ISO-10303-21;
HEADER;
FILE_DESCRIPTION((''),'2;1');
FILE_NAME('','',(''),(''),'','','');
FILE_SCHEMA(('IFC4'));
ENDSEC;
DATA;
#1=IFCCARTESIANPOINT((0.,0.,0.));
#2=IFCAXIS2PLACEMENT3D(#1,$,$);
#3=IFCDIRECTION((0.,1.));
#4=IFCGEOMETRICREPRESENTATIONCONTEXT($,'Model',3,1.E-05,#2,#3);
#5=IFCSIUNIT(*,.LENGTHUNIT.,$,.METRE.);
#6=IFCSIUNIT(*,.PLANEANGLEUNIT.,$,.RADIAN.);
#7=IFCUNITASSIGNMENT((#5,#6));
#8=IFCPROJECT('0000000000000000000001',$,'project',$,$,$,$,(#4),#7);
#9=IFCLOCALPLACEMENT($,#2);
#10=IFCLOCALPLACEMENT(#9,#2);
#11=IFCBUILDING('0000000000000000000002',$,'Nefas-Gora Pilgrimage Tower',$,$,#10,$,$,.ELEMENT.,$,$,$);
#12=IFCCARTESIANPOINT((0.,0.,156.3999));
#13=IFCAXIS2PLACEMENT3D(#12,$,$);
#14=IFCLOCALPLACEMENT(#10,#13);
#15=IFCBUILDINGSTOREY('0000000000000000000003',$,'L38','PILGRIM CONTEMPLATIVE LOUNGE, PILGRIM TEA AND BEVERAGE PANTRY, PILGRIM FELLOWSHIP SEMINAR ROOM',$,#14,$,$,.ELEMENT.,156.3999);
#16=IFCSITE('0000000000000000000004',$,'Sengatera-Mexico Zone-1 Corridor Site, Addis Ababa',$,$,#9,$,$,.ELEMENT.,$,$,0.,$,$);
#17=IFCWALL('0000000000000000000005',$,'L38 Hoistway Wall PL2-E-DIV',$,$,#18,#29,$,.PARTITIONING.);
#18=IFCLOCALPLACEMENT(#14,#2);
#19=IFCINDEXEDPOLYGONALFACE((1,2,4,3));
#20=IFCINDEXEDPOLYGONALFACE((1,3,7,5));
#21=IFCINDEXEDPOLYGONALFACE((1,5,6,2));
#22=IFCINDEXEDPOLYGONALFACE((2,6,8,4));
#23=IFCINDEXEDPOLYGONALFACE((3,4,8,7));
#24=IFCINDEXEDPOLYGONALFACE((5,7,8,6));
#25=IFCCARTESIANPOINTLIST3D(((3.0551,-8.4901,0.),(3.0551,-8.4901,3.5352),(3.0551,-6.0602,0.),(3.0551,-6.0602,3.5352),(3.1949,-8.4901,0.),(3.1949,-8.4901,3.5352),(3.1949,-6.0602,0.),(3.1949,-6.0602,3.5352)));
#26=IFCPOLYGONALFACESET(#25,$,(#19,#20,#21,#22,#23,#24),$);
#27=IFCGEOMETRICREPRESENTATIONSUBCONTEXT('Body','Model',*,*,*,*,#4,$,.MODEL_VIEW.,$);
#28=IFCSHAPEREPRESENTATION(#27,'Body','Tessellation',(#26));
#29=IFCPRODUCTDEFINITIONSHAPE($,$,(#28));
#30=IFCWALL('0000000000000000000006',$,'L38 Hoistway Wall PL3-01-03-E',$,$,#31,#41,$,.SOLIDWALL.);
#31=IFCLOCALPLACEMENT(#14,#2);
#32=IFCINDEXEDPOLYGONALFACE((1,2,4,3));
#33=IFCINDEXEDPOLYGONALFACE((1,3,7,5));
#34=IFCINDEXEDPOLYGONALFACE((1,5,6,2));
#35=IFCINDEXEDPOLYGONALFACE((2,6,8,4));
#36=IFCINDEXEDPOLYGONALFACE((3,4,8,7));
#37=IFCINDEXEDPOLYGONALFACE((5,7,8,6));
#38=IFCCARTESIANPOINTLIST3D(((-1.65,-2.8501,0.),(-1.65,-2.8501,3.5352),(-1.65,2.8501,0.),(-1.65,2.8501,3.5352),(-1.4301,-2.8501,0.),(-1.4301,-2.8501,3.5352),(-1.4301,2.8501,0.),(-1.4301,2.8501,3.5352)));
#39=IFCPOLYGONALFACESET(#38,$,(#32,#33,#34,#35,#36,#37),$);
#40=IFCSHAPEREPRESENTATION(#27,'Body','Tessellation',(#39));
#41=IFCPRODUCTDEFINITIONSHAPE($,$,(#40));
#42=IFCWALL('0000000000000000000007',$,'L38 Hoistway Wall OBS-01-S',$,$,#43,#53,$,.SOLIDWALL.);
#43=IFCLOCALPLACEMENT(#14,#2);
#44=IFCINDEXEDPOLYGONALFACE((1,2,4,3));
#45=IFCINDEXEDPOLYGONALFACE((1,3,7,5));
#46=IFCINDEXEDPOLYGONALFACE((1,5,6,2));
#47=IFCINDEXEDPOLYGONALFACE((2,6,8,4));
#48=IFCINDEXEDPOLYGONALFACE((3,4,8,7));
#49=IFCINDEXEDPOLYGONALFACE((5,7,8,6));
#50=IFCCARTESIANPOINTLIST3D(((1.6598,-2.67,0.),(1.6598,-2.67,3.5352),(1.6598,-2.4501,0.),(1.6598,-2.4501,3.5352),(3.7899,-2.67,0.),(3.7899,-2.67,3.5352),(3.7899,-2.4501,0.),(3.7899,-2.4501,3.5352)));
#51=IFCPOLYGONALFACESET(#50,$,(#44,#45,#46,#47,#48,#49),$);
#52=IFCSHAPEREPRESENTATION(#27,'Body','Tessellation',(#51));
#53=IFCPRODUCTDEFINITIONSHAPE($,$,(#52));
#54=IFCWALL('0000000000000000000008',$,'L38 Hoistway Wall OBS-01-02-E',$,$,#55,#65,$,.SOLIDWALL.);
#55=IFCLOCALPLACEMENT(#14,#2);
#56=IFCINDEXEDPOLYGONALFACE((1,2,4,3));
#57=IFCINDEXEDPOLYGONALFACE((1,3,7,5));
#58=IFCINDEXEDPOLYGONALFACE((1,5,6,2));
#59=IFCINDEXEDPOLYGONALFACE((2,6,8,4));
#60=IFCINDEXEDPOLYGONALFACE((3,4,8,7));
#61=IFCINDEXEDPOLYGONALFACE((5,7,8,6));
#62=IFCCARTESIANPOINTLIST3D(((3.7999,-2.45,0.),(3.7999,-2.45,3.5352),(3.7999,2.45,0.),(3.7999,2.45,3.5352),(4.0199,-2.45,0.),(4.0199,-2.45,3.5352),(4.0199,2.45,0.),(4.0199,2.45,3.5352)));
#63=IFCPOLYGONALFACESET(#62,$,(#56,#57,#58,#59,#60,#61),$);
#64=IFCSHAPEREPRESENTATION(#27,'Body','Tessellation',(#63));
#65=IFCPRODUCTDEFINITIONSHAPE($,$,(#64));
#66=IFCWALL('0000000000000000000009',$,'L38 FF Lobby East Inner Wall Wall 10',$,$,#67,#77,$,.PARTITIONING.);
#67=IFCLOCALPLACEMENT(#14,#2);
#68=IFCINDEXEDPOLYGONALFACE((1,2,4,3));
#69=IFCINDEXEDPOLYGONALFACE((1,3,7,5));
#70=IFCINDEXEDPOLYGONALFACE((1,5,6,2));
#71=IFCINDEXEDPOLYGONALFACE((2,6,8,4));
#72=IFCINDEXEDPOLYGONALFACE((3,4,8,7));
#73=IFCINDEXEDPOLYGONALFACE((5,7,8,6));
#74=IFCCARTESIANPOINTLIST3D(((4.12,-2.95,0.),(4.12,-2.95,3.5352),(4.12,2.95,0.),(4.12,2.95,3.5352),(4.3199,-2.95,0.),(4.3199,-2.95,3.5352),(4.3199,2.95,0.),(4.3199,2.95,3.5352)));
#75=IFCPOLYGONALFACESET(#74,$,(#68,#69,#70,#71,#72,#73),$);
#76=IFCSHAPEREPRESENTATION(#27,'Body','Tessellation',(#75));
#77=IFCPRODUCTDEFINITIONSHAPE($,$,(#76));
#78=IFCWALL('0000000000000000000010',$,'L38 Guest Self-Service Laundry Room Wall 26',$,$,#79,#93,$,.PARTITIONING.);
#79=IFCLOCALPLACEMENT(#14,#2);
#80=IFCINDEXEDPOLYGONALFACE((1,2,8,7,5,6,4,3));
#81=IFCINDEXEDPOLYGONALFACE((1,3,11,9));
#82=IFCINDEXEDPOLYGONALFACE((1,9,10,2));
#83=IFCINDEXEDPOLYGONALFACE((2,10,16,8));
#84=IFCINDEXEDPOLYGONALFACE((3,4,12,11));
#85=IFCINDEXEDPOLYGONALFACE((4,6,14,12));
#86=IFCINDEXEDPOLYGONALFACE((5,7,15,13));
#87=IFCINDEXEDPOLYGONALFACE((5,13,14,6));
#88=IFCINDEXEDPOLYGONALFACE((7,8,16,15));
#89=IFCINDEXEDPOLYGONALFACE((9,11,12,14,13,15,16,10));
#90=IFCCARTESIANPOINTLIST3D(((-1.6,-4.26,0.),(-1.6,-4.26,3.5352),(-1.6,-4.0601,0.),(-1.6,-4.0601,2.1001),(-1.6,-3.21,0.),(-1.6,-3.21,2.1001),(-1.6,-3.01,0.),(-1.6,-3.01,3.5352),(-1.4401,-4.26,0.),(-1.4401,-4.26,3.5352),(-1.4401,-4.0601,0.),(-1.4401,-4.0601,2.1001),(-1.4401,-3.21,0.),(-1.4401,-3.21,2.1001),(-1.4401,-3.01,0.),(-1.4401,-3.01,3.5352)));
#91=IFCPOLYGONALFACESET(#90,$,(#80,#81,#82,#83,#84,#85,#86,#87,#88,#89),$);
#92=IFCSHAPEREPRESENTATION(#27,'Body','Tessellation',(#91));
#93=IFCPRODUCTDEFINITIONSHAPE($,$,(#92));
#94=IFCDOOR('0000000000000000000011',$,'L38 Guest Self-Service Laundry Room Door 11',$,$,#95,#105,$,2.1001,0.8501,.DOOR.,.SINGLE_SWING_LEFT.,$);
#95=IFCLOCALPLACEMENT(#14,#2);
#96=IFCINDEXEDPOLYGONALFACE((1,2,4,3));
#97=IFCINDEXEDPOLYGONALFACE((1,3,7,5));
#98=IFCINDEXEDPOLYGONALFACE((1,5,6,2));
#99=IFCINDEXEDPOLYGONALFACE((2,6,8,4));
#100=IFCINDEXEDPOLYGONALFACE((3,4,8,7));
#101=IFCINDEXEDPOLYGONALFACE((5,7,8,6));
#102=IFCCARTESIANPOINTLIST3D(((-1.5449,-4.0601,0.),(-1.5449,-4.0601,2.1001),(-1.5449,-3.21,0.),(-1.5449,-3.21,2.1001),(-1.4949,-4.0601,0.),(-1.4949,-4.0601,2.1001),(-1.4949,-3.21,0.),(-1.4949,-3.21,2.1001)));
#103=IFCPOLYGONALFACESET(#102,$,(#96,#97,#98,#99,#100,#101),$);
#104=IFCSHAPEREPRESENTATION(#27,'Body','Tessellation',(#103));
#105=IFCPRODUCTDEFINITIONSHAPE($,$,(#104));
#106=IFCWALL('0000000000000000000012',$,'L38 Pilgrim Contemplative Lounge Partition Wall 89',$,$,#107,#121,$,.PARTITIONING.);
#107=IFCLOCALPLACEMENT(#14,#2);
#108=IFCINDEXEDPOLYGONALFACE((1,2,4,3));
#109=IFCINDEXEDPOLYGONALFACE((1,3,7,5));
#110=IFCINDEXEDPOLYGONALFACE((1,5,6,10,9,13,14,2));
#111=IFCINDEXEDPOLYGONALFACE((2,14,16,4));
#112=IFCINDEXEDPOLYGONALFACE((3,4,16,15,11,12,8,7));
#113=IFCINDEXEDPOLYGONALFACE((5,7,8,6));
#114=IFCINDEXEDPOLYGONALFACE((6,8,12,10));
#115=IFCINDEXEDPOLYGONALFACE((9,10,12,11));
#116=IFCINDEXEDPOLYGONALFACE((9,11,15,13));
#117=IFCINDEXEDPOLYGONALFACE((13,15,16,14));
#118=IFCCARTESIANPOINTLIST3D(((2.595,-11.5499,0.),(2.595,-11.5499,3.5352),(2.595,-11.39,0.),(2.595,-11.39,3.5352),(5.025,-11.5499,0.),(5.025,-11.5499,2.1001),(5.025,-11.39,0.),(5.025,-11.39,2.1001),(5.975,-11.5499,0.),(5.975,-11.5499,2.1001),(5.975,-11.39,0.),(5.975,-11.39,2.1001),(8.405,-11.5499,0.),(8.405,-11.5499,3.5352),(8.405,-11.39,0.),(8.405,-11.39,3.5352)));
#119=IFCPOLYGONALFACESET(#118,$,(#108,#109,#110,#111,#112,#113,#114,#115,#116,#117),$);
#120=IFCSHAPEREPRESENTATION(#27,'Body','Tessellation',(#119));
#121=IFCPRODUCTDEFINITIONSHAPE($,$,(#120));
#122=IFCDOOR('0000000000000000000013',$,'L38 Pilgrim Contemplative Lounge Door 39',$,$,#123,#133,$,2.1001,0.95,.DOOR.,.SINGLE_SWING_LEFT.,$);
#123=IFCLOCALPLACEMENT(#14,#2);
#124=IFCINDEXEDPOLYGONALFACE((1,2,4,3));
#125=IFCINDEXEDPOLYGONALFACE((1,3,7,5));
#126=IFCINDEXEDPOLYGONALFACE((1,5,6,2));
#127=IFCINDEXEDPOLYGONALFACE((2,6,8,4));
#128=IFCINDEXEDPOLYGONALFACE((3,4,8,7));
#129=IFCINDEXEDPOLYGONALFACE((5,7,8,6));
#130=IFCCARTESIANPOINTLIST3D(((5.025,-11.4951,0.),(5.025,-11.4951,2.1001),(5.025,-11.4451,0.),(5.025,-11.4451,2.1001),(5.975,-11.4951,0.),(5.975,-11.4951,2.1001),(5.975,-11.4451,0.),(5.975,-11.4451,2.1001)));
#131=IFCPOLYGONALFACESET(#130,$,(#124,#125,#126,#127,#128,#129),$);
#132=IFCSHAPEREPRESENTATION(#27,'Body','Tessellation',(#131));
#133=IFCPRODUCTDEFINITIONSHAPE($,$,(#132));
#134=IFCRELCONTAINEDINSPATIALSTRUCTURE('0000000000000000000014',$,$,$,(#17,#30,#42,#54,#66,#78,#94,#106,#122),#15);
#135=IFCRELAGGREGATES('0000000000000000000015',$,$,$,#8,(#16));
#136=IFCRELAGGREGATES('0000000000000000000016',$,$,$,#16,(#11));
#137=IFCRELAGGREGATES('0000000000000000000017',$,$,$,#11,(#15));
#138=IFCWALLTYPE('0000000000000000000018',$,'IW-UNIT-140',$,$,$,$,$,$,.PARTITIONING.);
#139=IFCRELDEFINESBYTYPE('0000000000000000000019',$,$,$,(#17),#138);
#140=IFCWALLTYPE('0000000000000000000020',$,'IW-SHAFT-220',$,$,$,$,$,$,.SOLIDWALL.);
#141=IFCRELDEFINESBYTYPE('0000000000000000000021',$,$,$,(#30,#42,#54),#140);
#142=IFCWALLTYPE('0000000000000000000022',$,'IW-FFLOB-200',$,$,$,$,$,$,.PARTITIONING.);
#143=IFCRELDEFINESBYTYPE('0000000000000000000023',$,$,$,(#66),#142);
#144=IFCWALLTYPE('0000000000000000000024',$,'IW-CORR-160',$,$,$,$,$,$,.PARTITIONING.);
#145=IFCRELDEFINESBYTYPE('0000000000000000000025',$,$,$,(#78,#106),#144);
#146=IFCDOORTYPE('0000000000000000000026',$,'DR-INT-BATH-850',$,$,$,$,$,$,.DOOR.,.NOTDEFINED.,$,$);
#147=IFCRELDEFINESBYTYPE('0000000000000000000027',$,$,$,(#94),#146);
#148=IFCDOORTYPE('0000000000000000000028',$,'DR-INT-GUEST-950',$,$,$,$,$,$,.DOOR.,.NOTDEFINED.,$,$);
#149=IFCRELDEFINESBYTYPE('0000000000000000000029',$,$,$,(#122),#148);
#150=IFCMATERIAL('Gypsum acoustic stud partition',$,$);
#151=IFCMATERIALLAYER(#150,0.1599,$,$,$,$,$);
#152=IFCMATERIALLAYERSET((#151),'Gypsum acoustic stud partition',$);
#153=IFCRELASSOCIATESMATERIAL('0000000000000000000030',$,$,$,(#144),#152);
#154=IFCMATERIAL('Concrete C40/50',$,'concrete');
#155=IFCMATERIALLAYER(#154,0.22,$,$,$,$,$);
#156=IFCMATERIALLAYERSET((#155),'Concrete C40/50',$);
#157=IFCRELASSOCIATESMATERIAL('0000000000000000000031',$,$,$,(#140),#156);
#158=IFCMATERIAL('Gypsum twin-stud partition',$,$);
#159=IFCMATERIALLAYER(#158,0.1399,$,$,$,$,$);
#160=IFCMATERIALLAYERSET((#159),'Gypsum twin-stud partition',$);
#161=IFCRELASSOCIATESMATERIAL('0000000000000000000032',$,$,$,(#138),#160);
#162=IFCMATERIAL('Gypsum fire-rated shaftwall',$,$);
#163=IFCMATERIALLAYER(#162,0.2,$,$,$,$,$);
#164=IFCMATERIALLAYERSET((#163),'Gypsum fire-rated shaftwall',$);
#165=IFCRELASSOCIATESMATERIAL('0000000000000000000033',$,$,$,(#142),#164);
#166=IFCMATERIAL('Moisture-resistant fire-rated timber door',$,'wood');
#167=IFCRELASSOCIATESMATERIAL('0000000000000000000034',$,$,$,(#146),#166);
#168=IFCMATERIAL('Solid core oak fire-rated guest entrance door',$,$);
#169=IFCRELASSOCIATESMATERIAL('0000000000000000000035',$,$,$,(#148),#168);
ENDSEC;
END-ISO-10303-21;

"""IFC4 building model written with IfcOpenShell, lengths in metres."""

from ifc_helpers import new_model, si_unit, direction, frame, frame_2d, origin, place, context, subcontext, project, spatial, rectangle, extrude, source, transform, mapped, material, layer, layer_set, type_object, element, fill, save


model = new_model("IFC4")

# Units and contexts
model_context = context("Model", 3, precision=1e-05, world=origin(), true_north=direction((0.0, 1.0)))
body_context = subcontext(model_context, "Body", "Model", "MODEL_VIEW")
ifc_project = project(units=[si_unit("LENGTHUNIT", "METRE"), si_unit("PLANEANGLEUNIT", "RADIAN")], contexts=[model_context])

# Site, building, storey
site_placement = place(None, origin())
site = spatial("IfcSite", under=ifc_project, at=site_placement, Name="Sengatera-Mexico Zone-1 Corridor Site, Addis Ababa", CompositionType="ELEMENT", RefElevation=0.0)
building_placement = place(site_placement, origin())
building = spatial("IfcBuilding", under=site, at=building_placement, Name="Nefas-Gora Pilgrimage Tower", CompositionType="ELEMENT")
storey_placement = place(building_placement, frame((0.0, 0.0, 156.3999)))
storey = spatial("IfcBuildingStorey", under=building, at=storey_placement, Name="L38", Description="PILGRIM CONTEMPLATIVE LOUNGE, PILGRIM TEA AND BEVERAGE PANTRY, PILGRIM FELLOWSHIP SEMINAR ROOM", CompositionType="ELEMENT", Elevation=156.3999)

# Shared definitions
ifc_material_1 = material(Name="Gypsum acoustic stud partition")
ifc_layer_1 = layer(ifc_material_1, 0.1599)
ifc_layer_set_1 = layer_set([ifc_layer_1], Name="Gypsum acoustic stud partition")
wall_type_1 = type_object("IfcWallType", Name="IW-CORR-160", PredefinedType="PARTITIONING", material=ifc_layer_set_1)
ifc_material_2 = material(Name="Concrete C40/50", Category="concrete")
ifc_layer_2 = layer(ifc_material_2, 0.22)
ifc_layer_set_2 = layer_set([ifc_layer_2], Name="Concrete C40/50")
wall_type_2 = type_object("IfcWallType", Name="IW-SHAFT-220", PredefinedType="SOLIDWALL", material=ifc_layer_set_2)

# Walls
ifc_material_3 = material(Name="Gypsum twin-stud partition")
ifc_layer_3 = layer(ifc_material_3, 0.1399)
ifc_layer_set_3 = layer_set([ifc_layer_3], Name="Gypsum twin-stud partition")
wall_type_3 = type_object("IfcWallType", Name="IW-UNIT-140", PredefinedType="PARTITIONING", material=ifc_layer_set_3)
shared_shape_1 = source(origin(), body_context, "Body", "SweptSolid", [
    extrude(rectangle(XDim=2.4299, YDim=0.1399, at=frame_2d((1.2148, 0.0))), origin(), (0.0, 0.0, 1.0), 3.5352),
])
wall_1_placement = place(storey_placement, frame((3.125, -8.49, 0.0), z_axis=(0.0, 0.0, 1.0), x_axis=(0.0, 1.0, 0.0)))
element("IfcWall", 1, at=wall_1_placement, inside=storey, type_object=wall_type_3, Name="L38 Hoistway Wall PL2-E-DIV", PredefinedType="PARTITIONING", context=body_context, shape_type="MappedRepresentation", body=[
    mapped(shared_shape_1, transform((0.0, 0.0, 0.0), x_axis=(1.0, 0.0, 0.0), y_axis=(0.0, 1.0, 0.0), z_axis=(0.0, 0.0, 1.0), scale=1.0)),
])
shared_shape_2 = source(origin(), body_context, "Body", "SweptSolid", [
    extrude(rectangle(XDim=5.7002, YDim=0.22, at=frame_2d((2.8501, 0.0))), origin(), (0.0, 0.0, 1.0), 3.5352),
])
wall_2_placement = place(storey_placement, frame((-1.54, -2.8501, 0.0), z_axis=(0.0, 0.0, 1.0), x_axis=(0.0, 1.0, 0.0)))
element("IfcWall", 2, at=wall_2_placement, inside=storey, type_object=wall_type_2, Name="L38 Hoistway Wall PL3-01-03-E", PredefinedType="SOLIDWALL", context=body_context, shape_type="MappedRepresentation", body=[
    mapped(shared_shape_2, transform((0.0, 0.0, 0.0), x_axis=(1.0, 0.0, 0.0), y_axis=(0.0, 1.0, 0.0), z_axis=(0.0, 0.0, 1.0), scale=1.0)),
])
shared_shape_3 = source(origin(), body_context, "Body", "SweptSolid", [
    extrude(rectangle(XDim=2.1301, YDim=0.22, at=frame_2d((1.0649, 0.0))), origin(), (0.0, 0.0, 1.0), 3.5352),
])
wall_3_placement = place(storey_placement, frame((1.6599, -2.5601, 0.0), z_axis=(0.0, 0.0, 1.0), x_axis=(1.0, 0.0, 0.0)))
element("IfcWall", 3, at=wall_3_placement, inside=storey, type_object=wall_type_2, Name="L38 Hoistway Wall OBS-01-S", PredefinedType="SOLIDWALL", context=body_context, shape_type="MappedRepresentation", body=[
    mapped(shared_shape_3, transform((0.0, 0.0, 0.0), x_axis=(1.0, 0.0, 0.0), y_axis=(0.0, 1.0, 0.0), z_axis=(0.0, 0.0, 1.0), scale=1.0)),
])
shared_shape_4 = source(origin(), body_context, "Body", "SweptSolid", [
    extrude(rectangle(XDim=4.8999, YDim=0.22, at=frame_2d((2.45, 0.0))), origin(), (0.0, 0.0, 1.0), 3.5352),
])
wall_4_placement = place(storey_placement, frame((3.9099, -2.45, 0.0), z_axis=(0.0, 0.0, 1.0), x_axis=(0.0, 1.0, 0.0)))
element("IfcWall", 4, at=wall_4_placement, inside=storey, type_object=wall_type_2, Name="L38 Hoistway Wall OBS-01-02-E", PredefinedType="SOLIDWALL", context=body_context, shape_type="MappedRepresentation", body=[
    mapped(shared_shape_4, transform((0.0, 0.0, 0.0), x_axis=(1.0, 0.0, 0.0), y_axis=(0.0, 1.0, 0.0), z_axis=(0.0, 0.0, 1.0), scale=1.0)),
])
ifc_material_4 = material(Name="Gypsum fire-rated shaftwall")
ifc_layer_4 = layer(ifc_material_4, 0.2)
ifc_layer_set_4 = layer_set([ifc_layer_4], Name="Gypsum fire-rated shaftwall")
wall_type_4 = type_object("IfcWallType", Name="IW-FFLOB-200", PredefinedType="PARTITIONING", material=ifc_layer_set_4)
shared_shape_5 = source(origin(), body_context, "Body", "SweptSolid", [
    extrude(rectangle(XDim=5.8999, YDim=0.2, at=frame_2d((2.95, 0.0))), origin(), (0.0, 0.0, 1.0), 3.5352),
])
wall_5_placement = place(storey_placement, frame((4.22, -2.95, 0.0), z_axis=(0.0, 0.0, 1.0), x_axis=(0.0, 1.0, 0.0)))
element("IfcWall", 5, at=wall_5_placement, inside=storey, type_object=wall_type_4, Name="L38 FF Lobby East Inner Wall Wall 10", PredefinedType="PARTITIONING", context=body_context, shape_type="MappedRepresentation", body=[
    mapped(shared_shape_5, transform((0.0, 0.0, 0.0), x_axis=(1.0, 0.0, 0.0), y_axis=(0.0, 1.0, 0.0), z_axis=(0.0, 0.0, 1.0), scale=1.0)),
])

# Walls, openings, doors
shared_shape_6 = source(origin(), body_context, "Body", "SweptSolid", [
    extrude(rectangle(XDim=1.25, YDim=0.1599, at=frame_2d((0.625, 0.0))), origin(), (0.0, 0.0, 1.0), 3.5352),
])
wall_6_placement = place(storey_placement, frame((-1.52, -4.26, 0.0), z_axis=(0.0, 0.0, 1.0), x_axis=(0.0, 1.0, 0.0)))
wall_6 = element("IfcWall", 6, at=wall_6_placement, inside=storey, type_object=wall_type_1, Name="L38 Guest Self-Service Laundry Room Wall 26", PredefinedType="PARTITIONING", context=body_context, shape_type="MappedRepresentation", body=[
    mapped(shared_shape_6, transform((0.0, 0.0, 0.0), x_axis=(1.0, 0.0, 0.0), y_axis=(0.0, 1.0, 0.0), z_axis=(0.0, 0.0, 1.0), scale=1.0)),
])
opening_1_placement = place(wall_6_placement, frame((0.2, 0.0, 0.0)))
opening_1 = element("IfcOpeningElement", 7, at=opening_1_placement, cuts=wall_6, PredefinedType="OPENING", context=body_context, shape_type="SweptSolid", body=[
    extrude(rectangle(XDim=0.8501, YDim=2.1001, at=frame_2d((0.425, 1.05))), frame((0.0, 0.0898, 0.0), z_axis=(0.0, -1.0, 0.0), x_axis=(1.0, 0.0, 0.0)), (0.0, 0.0, 1.0), 0.1799),
])
ifc_material_5 = material(Name="Moisture-resistant fire-rated timber door", Category="wood")
door_type_1 = type_object("IfcDoorType", Name="DR-INT-BATH-850", OperationType="NOTDEFINED", PredefinedType="DOOR", material=ifc_material_5)
shared_shape_7 = source(origin(), body_context, "Body", "SweptSolid", [
    extrude(rectangle(XDim=0.8501, YDim=2.1001, at=frame_2d((0.425, 1.05))), frame((0.0, 0.0249, 0.0), z_axis=(0.0, -1.0, 0.0), x_axis=(1.0, 0.0, 0.0)), (0.0, 0.0, 1.0), 0.05),
])
door_1_placement = place(opening_1_placement, origin())
door_1 = element("IfcDoor", 8, at=door_1_placement, inside=storey, type_object=door_type_1, Name="L38 Guest Self-Service Laundry Room Door 11", OperationType="SINGLE_SWING_LEFT", OverallHeight=2.1001, OverallWidth=0.8501, PredefinedType="DOOR", context=body_context, shape_type="MappedRepresentation", body=[
    mapped(shared_shape_7, transform((0.0, 0.0, 0.0), x_axis=(1.0, 0.0, 0.0), y_axis=(0.0, 1.0, 0.0), z_axis=(0.0, 0.0, 1.0), scale=1.0)),
])
fill(opening_1, door_1)
shared_shape_8 = source(origin(), body_context, "Body", "SweptSolid", [
    extrude(rectangle(XDim=5.8101, YDim=0.1599, at=frame_2d((2.905, 0.0))), origin(), (0.0, 0.0, 1.0), 3.5352),
])
wall_7_placement = place(storey_placement, frame((2.595, -11.47, 0.0), z_axis=(0.0, 0.0, 1.0), x_axis=(1.0, 0.0, 0.0)))
wall_7 = element("IfcWall", 9, at=wall_7_placement, inside=storey, type_object=wall_type_1, Name="L38 Pilgrim Contemplative Lounge Partition Wall 89", PredefinedType="PARTITIONING", context=body_context, shape_type="MappedRepresentation", body=[
    mapped(shared_shape_8, transform((0.0, 0.0, 0.0), x_axis=(1.0, 0.0, 0.0), y_axis=(0.0, 1.0, 0.0), z_axis=(0.0, 0.0, 1.0), scale=1.0)),
])
opening_2_placement = place(wall_7_placement, frame((2.4299, 0.0, 0.0)))
opening_2 = element("IfcOpeningElement", 10, at=opening_2_placement, cuts=wall_7, PredefinedType="OPENING", context=body_context, shape_type="SweptSolid", body=[
    extrude(rectangle(XDim=0.95, YDim=2.1001, at=frame_2d((0.4751, 1.05))), frame((0.0, 0.0898, 0.0), z_axis=(0.0, -1.0, 0.0), x_axis=(1.0, 0.0, 0.0)), (0.0, 0.0, 1.0), 0.1799),
])
ifc_material_6 = material(Name="Solid core oak fire-rated guest entrance door")
door_type_2 = type_object("IfcDoorType", Name="DR-INT-GUEST-950", OperationType="NOTDEFINED", PredefinedType="DOOR", material=ifc_material_6)
shared_shape_9 = source(origin(), body_context, "Body", "SweptSolid", [
    extrude(rectangle(XDim=0.95, YDim=2.1001, at=frame_2d((0.4751, 1.05))), frame((0.0, 0.0249, 0.0), z_axis=(0.0, -1.0, 0.0), x_axis=(1.0, 0.0, 0.0)), (0.0, 0.0, 1.0), 0.05),
])
door_2_placement = place(opening_2_placement, origin())
door_2 = element("IfcDoor", 11, at=door_2_placement, inside=storey, type_object=door_type_2, Name="L38 Pilgrim Contemplative Lounge Door 39", OperationType="SINGLE_SWING_LEFT", OverallHeight=2.1001, OverallWidth=0.95, PredefinedType="DOOR", context=body_context, shape_type="MappedRepresentation", body=[
    mapped(shared_shape_9, transform((0.0, 0.0, 0.0), x_axis=(1.0, 0.0, 0.0), y_axis=(0.0, 1.0, 0.0), z_axis=(0.0, 0.0, 1.0), scale=1.0)),
])
fill(opening_2, door_2)

save(model, "model.ifc")
